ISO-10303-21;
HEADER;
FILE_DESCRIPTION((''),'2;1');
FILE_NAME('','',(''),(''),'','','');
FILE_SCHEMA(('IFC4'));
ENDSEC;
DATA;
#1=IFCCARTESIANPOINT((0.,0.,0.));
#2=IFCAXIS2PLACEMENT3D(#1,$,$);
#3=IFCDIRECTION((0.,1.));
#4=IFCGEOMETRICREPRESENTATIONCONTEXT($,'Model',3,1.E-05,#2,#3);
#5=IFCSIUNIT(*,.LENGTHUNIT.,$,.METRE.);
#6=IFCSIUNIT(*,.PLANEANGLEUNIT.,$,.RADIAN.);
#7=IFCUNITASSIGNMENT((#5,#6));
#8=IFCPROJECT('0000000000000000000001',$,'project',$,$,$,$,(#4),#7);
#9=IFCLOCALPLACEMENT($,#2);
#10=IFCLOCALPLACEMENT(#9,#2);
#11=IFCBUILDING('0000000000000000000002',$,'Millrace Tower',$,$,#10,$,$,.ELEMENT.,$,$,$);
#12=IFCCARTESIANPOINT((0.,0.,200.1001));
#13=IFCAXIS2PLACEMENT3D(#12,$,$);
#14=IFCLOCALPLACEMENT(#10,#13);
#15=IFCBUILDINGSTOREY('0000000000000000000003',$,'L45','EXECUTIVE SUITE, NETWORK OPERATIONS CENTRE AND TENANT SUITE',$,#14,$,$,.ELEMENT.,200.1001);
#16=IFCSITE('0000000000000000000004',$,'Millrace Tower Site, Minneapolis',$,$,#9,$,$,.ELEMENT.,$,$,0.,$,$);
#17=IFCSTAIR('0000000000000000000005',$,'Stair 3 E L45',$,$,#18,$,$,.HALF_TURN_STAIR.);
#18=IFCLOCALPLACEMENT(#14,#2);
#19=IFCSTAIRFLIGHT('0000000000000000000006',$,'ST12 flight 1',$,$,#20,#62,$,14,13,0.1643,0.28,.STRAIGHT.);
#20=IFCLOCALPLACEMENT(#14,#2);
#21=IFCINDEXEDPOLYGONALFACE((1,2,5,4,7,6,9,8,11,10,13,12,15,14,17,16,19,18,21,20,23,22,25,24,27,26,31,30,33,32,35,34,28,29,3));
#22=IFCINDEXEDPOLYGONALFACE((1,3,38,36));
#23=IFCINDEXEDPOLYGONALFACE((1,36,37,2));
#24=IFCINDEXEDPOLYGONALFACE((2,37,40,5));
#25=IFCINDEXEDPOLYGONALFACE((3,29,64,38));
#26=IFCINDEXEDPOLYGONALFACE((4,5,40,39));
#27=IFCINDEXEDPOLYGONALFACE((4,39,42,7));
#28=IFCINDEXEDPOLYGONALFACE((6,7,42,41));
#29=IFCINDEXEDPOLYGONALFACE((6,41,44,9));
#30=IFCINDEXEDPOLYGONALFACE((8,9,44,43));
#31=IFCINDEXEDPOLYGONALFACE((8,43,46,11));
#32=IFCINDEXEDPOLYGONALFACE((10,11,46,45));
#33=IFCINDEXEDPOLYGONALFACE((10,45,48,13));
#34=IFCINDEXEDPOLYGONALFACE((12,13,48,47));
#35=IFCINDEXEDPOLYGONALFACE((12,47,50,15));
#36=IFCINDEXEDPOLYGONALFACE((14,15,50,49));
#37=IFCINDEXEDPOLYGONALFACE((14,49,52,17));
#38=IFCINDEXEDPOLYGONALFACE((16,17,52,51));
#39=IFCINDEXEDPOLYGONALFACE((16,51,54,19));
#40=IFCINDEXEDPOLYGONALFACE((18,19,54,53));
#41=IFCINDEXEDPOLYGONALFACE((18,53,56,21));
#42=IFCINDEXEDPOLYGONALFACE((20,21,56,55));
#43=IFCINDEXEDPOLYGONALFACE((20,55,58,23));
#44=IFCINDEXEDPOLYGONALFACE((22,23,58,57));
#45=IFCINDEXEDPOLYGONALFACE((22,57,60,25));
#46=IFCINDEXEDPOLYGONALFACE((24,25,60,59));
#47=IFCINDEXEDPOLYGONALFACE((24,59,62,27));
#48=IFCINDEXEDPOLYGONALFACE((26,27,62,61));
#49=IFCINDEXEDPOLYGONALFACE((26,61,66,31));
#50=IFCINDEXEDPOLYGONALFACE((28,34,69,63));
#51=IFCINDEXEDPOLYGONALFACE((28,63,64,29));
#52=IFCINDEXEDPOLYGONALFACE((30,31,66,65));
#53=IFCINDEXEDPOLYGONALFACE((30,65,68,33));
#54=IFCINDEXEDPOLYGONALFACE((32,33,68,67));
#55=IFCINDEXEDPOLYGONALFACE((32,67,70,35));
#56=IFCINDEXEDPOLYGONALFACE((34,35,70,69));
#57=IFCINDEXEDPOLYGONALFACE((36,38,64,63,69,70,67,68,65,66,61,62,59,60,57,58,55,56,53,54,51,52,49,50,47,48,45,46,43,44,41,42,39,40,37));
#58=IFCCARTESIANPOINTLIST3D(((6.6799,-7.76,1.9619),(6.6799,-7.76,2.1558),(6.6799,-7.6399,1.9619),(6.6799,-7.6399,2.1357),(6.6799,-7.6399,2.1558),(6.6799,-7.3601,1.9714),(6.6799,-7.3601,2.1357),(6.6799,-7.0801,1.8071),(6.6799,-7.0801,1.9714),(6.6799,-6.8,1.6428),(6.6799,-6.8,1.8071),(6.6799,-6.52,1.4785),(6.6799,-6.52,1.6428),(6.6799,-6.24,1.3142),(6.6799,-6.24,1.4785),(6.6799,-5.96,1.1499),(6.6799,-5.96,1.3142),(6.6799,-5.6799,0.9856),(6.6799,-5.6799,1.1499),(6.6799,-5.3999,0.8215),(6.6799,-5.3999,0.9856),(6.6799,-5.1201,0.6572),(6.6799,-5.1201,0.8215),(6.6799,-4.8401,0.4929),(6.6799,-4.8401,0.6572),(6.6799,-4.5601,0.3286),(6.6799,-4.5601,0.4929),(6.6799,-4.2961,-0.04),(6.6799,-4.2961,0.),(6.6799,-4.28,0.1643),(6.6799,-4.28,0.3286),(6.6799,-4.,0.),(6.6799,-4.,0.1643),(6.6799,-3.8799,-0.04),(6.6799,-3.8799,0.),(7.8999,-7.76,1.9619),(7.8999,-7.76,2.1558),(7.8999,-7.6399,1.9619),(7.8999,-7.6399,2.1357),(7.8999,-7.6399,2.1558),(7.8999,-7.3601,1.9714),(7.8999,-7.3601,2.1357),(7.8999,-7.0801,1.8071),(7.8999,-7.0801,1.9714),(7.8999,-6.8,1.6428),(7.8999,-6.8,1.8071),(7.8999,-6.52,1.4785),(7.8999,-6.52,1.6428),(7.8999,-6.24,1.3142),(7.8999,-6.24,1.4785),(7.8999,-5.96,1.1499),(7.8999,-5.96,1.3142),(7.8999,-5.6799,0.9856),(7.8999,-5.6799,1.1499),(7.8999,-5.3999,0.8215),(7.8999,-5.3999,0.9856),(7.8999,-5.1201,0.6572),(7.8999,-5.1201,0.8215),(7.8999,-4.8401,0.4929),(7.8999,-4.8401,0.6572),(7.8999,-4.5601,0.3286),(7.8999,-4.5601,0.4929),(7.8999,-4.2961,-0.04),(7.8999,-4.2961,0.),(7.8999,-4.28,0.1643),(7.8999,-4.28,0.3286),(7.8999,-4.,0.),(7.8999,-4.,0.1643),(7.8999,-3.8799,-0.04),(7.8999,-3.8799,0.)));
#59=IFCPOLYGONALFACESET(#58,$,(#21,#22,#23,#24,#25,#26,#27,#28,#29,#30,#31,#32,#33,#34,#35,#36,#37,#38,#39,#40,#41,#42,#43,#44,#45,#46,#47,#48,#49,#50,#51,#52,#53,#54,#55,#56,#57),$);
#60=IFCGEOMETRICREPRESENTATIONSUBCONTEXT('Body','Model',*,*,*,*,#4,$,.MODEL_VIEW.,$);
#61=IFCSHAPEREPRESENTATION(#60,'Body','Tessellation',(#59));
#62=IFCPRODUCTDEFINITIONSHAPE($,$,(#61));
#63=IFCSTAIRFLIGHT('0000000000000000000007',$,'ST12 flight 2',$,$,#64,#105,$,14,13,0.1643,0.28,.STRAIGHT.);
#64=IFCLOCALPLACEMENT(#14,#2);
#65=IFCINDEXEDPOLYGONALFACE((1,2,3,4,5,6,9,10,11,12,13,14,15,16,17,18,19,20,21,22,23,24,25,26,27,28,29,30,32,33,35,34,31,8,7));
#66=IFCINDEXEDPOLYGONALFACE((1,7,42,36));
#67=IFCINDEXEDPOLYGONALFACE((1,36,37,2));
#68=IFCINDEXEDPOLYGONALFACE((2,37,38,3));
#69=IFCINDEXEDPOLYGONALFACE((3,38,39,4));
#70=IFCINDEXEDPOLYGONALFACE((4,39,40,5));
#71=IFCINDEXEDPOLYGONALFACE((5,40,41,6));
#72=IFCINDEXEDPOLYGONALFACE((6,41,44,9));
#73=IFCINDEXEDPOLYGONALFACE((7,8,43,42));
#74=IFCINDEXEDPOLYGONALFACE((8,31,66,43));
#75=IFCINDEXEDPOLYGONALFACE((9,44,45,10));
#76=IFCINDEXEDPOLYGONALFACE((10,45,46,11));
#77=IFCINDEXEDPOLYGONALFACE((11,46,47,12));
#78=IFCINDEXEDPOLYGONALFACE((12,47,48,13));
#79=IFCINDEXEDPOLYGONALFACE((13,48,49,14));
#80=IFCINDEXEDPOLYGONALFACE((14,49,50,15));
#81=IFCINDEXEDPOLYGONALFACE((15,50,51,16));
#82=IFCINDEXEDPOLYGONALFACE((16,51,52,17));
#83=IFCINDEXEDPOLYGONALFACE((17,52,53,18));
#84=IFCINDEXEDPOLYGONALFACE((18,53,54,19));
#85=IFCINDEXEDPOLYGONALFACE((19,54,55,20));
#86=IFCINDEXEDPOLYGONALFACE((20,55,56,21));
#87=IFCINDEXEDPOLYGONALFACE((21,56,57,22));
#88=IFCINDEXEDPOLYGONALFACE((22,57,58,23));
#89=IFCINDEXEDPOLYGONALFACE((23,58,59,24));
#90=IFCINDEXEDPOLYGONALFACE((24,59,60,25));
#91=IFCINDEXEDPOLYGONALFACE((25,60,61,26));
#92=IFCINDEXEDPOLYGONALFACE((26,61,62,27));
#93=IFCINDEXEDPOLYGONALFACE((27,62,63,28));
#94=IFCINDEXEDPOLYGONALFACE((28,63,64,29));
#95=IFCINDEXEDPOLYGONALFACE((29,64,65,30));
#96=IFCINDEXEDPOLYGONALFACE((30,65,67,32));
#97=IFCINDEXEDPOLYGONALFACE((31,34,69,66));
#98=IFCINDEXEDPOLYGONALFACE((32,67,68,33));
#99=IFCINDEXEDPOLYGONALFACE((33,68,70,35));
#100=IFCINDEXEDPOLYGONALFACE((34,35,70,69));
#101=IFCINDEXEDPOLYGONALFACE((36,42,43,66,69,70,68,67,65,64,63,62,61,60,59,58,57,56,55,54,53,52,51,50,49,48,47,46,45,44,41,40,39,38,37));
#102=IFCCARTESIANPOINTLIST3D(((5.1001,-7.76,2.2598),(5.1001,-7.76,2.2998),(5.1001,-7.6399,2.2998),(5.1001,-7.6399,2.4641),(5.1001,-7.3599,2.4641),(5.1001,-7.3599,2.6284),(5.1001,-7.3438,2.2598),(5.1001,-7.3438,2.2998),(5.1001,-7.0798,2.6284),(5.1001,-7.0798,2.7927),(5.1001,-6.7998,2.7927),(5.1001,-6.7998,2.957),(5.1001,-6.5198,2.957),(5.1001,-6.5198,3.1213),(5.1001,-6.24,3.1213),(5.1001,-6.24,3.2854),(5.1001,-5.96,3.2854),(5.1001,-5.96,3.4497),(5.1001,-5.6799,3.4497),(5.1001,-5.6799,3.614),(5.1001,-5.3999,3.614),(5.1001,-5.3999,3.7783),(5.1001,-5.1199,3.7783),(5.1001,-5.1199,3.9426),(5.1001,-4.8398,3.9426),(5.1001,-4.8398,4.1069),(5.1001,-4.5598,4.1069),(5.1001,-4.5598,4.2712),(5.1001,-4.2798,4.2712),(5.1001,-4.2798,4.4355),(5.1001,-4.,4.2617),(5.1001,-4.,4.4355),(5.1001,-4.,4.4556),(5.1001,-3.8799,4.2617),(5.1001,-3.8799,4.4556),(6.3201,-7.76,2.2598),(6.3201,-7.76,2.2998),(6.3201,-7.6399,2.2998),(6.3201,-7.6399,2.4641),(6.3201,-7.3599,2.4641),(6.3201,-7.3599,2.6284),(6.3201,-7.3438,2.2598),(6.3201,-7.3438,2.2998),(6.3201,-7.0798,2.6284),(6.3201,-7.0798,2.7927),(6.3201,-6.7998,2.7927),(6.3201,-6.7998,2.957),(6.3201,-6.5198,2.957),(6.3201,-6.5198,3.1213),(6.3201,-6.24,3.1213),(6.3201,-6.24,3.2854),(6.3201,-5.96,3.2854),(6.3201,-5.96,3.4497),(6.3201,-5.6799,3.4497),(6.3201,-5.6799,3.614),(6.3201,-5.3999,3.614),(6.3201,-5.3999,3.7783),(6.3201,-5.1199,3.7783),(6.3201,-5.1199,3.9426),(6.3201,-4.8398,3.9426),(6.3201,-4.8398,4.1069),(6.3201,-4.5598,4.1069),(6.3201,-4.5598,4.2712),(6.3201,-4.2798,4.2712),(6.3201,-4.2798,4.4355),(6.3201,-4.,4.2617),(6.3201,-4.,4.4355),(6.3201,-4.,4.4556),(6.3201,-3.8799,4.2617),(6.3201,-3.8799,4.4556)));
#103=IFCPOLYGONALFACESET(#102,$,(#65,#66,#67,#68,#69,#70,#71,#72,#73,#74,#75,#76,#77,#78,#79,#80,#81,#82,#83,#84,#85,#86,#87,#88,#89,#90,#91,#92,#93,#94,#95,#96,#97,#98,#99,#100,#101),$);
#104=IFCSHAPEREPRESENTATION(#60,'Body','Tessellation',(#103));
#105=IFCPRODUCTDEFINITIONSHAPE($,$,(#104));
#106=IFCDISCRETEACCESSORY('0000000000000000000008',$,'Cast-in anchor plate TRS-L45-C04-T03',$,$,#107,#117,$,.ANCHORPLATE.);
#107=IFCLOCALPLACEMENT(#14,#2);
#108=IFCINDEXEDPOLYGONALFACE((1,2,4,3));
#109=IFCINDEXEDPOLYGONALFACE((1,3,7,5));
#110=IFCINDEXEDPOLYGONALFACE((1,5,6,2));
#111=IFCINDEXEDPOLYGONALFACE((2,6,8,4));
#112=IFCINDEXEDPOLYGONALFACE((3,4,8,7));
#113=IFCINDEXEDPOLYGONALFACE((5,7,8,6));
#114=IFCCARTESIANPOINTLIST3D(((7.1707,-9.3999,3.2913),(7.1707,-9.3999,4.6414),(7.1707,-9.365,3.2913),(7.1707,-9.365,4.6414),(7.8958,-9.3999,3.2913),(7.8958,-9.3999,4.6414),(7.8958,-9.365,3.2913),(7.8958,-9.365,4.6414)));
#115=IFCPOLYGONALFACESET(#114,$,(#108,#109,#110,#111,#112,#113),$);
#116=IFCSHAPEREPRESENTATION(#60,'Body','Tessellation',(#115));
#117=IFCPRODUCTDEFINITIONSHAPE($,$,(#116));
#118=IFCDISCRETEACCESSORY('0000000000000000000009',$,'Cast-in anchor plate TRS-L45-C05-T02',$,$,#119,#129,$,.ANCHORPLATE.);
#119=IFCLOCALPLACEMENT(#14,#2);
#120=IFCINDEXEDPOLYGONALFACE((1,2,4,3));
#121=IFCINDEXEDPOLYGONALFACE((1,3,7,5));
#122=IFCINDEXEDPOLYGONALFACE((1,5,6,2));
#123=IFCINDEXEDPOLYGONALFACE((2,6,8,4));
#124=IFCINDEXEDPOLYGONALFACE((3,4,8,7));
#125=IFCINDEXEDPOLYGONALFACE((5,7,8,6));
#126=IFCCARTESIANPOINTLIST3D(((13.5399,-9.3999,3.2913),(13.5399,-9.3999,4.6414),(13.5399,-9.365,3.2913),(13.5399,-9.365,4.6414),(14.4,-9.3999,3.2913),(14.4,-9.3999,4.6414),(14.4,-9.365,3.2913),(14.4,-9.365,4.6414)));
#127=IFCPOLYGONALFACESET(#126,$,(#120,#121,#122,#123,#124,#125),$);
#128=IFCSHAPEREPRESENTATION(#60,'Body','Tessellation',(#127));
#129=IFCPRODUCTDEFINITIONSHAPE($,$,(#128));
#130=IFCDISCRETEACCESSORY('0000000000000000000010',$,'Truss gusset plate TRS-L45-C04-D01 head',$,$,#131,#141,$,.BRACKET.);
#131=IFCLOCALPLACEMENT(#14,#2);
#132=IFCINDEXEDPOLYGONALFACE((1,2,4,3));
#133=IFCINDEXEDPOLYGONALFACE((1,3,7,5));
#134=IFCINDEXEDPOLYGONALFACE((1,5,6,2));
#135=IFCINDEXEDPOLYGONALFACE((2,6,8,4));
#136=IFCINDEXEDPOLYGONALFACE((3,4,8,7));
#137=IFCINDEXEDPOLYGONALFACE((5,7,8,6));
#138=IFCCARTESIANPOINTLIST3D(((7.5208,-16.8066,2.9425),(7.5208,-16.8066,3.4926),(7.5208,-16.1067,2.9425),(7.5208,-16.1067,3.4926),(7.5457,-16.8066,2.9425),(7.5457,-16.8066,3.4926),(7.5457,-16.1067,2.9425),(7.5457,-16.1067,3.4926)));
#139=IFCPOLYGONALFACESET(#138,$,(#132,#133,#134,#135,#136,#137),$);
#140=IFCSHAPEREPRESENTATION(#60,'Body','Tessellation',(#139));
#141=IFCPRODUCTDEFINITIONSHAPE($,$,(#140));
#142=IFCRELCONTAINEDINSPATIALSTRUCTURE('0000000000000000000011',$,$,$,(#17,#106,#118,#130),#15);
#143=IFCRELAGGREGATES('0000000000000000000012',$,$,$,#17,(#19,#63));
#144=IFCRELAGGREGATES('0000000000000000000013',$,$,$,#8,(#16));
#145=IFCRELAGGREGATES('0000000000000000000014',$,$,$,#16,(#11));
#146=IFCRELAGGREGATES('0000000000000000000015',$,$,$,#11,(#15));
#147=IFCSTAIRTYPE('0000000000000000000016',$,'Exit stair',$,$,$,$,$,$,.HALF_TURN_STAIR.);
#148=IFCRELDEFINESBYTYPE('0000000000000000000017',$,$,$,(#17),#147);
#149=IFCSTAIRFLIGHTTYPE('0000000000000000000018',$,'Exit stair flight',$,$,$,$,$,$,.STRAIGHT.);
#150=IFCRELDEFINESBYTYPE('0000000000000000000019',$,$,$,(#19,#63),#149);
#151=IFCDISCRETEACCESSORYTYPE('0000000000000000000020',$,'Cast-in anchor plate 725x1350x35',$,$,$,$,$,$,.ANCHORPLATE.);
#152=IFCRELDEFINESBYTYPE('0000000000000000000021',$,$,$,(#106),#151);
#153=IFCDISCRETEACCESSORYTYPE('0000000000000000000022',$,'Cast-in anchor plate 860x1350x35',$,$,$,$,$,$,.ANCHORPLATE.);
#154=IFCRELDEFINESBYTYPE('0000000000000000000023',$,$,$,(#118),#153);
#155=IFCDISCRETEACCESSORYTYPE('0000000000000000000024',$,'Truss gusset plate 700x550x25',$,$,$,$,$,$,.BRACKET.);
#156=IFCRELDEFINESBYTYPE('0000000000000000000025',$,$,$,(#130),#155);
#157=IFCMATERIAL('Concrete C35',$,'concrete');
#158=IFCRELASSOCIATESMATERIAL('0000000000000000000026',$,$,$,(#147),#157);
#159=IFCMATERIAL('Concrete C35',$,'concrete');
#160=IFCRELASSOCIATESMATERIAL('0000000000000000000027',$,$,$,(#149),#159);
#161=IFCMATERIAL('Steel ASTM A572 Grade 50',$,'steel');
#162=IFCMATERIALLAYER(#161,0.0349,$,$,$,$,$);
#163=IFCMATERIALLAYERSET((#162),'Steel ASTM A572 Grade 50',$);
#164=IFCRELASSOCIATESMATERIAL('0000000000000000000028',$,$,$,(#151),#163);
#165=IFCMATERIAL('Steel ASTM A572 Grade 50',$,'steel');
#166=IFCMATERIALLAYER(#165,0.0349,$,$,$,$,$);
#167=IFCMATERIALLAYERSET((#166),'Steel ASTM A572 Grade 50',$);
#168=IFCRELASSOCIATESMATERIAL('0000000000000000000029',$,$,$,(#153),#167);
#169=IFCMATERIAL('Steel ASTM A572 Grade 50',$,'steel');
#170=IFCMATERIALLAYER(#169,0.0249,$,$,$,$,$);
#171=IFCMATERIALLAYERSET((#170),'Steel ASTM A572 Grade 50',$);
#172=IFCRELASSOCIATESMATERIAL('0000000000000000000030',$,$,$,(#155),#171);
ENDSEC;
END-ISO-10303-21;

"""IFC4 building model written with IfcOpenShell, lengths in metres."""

from ifc_helpers import new_model, si_unit, direction, frame, origin, origin_2d, place, context, subcontext, project, spatial, polyline, rectangle, outline, extrude, material, layer, layer_set, type_object, element, aggregate, save


model = new_model("IFC4")

# Units and contexts
model_context = context("Model", 3, precision=1e-05, world=origin(), true_north=direction((0.0, 1.0)))
body_context = subcontext(model_context, "Body", "Model", "MODEL_VIEW")
ifc_project = project(units=[si_unit("LENGTHUNIT", "METRE"), si_unit("PLANEANGLEUNIT", "RADIAN")], contexts=[model_context])

# Site, building, storey
site_placement = place(None, origin())
site = spatial("IfcSite", under=ifc_project, at=site_placement, Name="Millrace Tower Site, Minneapolis", CompositionType="ELEMENT", RefElevation=0.0)
building_placement = place(site_placement, origin())
building = spatial("IfcBuilding", under=site, at=building_placement, Name="Millrace Tower", CompositionType="ELEMENT")
storey_placement = place(building_placement, frame((0.0, 0.0, 200.1001)))
storey = spatial("IfcBuildingStorey", under=building, at=storey_placement, Name="L45", Description="EXECUTIVE SUITE, NETWORK OPERATIONS CENTRE AND TENANT SUITE", CompositionType="ELEMENT", Elevation=200.1001)

# Shared definitions
placement = place(storey_placement, origin())

# Shared definitions
ifc_material_1 = material(Name="Concrete C35", Category="concrete")
stair_type = type_object("IfcStairType", Name="Exit stair", PredefinedType="HALF_TURN_STAIR", material=ifc_material_1)
ifc_material_2 = material(Name="Concrete C35", Category="concrete")
stair_flight_type = type_object("IfcStairFlightType", Name="Exit stair flight", PredefinedType="STRAIGHT", material=ifc_material_2)

# Stair, stair flights
stair_1 = element("IfcStair", 1, at=placement, inside=storey, type_object=stair_type, Name="Stair 3 E L45", PredefinedType="HALF_TURN_STAIR")
stair_flight_1_placement = place(storey_placement, frame((7.29, -4.0, 0.0), z_axis=(0.0, 0.0, 1.0), x_axis=(0.0, -1.0, 0.0)))
stair_flight_1 = element("IfcStairFlight", 2, at=stair_flight_1_placement, type_object=stair_flight_type, Name="ST12 flight 1", NumberOfRisers=14, NumberOfTreads=13, PredefinedType="STRAIGHT", RiserHeight=0.1643, TreadLength=0.28, context=body_context, shape_type="SweptSolid", body=[
    extrude(outline(polyline([(-0.1201, -0.04), (-0.1201, 0.0), (0.0, 0.0), (0.0, 0.1643), (0.28, 0.1643), (0.28, 0.3286), (0.5601, 0.3286), (0.5601, 0.4929), (0.8401, 0.4929), (0.8401, 0.6572), (1.1201, 0.6572), (1.1201, 0.8215), (1.3999, 0.8215), (1.3999, 0.9856), (1.6799, 0.9856), (1.6799, 1.1499), (1.96, 1.1499), (1.96, 1.3142), (2.24, 1.3142), (2.24, 1.4785), (2.52, 1.4785), (2.52, 1.6428), (2.8, 1.6428), (2.8, 1.8071), (3.0801, 1.8071), (3.0801, 1.9714), (3.3601, 1.9714), (3.3601, 2.1357), (3.6399, 2.1357), (3.6399, 2.1558), (3.76, 2.1558), (3.76, 1.9619), (3.6399, 1.9619), (0.2961, 0.0), (0.2961, -0.04), (-0.1201, -0.04)])), frame((0.0, 0.6099, 0.0), z_axis=(0.0, -1.0, 0.0), x_axis=(1.0, 0.0, 0.0)), (0.0, 0.0, 1.0), 1.22),
])
stair_flight_2_placement = place(storey_placement, frame((5.71, -7.6399, 2.2998), z_axis=(0.0, 0.0, 1.0), x_axis=(0.0, 1.0, 0.0)))
stair_flight_2 = element("IfcStairFlight", 3, at=stair_flight_2_placement, type_object=stair_flight_type, Name="ST12 flight 2", NumberOfRisers=14, NumberOfTreads=13, PredefinedType="STRAIGHT", RiserHeight=0.1643, TreadLength=0.28, context=body_context, shape_type="SweptSolid", body=[
    extrude(outline(polyline([(-0.1201, -0.04), (-0.1201, 0.0), (0.0, 0.0), (0.0, 0.1643), (0.28, 0.1643), (0.28, 0.3286), (0.5601, 0.3286), (0.5601, 0.4929), (0.8401, 0.4929), (0.8401, 0.6572), (1.1201, 0.6572), (1.1201, 0.8215), (1.3999, 0.8215), (1.3999, 0.9856), (1.6799, 0.9856), (1.6799, 1.1499), (1.96, 1.1499), (1.96, 1.3142), (2.24, 1.3142), (2.24, 1.4785), (2.52, 1.4785), (2.52, 1.6428), (2.8, 1.6428), (2.8, 1.8071), (3.0801, 1.8071), (3.0801, 1.9714), (3.3601, 1.9714), (3.3601, 2.1357), (3.6399, 2.1357), (3.6399, 2.1558), (3.76, 2.1558), (3.76, 1.9619), (3.6399, 1.9619), (0.2961, 0.0), (0.2961, -0.04), (-0.1201, -0.04)])), frame((0.0, 0.6099, 0.0), z_axis=(0.0, -1.0, 0.0), x_axis=(1.0, 0.0, 0.0)), (0.0, 0.0, 1.0), 1.22),
])
aggregate(stair_1, [stair_flight_1, stair_flight_2])

# Discrete accessories
ifc_material_3 = material(Name="Steel ASTM A572 Grade 50", Category="steel")
ifc_layer_1 = layer(ifc_material_3, 0.0349)
ifc_layer_set_1 = layer_set([ifc_layer_1], Name="Steel ASTM A572 Grade 50")
discrete_accessory_type_1 = type_object("IfcDiscreteAccessoryType", Name="Cast-in anchor plate 725x1350x35", PredefinedType="ANCHORPLATE", material=ifc_layer_set_1)
discrete_accessory_1_placement = place(storey_placement, frame((7.5332, -9.365, 3.9663), z_axis=(0.0, -1.0, 0.0), x_axis=(1.0, 0.0, 0.0)))
element("IfcDiscreteAccessory", 4, at=discrete_accessory_1_placement, inside=storey, type_object=discrete_accessory_type_1, Name="Cast-in anchor plate TRS-L45-C04-T03", PredefinedType="ANCHORPLATE", context=body_context, shape_type="SweptSolid", body=[
    extrude(rectangle(XDim=0.7251, YDim=1.3501, at=origin_2d()), origin(), (0.0, 0.0, 1.0), 0.0349),
])
ifc_material_4 = material(Name="Steel ASTM A572 Grade 50", Category="steel")
ifc_layer_2 = layer(ifc_material_4, 0.0349)
ifc_layer_set_2 = layer_set([ifc_layer_2], Name="Steel ASTM A572 Grade 50")
discrete_accessory_type_2 = type_object("IfcDiscreteAccessoryType", Name="Cast-in anchor plate 860x1350x35", PredefinedType="ANCHORPLATE", material=ifc_layer_set_2)
discrete_accessory_2_placement = place(storey_placement, frame((13.97, -9.365, 3.9663), z_axis=(0.0, -1.0, 0.0), x_axis=(1.0, 0.0, 0.0)))
element("IfcDiscreteAccessory", 5, at=discrete_accessory_2_placement, inside=storey, type_object=discrete_accessory_type_2, Name="Cast-in anchor plate TRS-L45-C05-T02", PredefinedType="ANCHORPLATE", context=body_context, shape_type="SweptSolid", body=[
    extrude(rectangle(XDim=0.8601, YDim=1.3501, at=origin_2d()), origin(), (0.0, 0.0, 1.0), 0.0349),
])
ifc_material_5 = material(Name="Steel ASTM A572 Grade 50", Category="steel")
ifc_layer_3 = layer(ifc_material_5, 0.0249)
ifc_layer_set_3 = layer_set([ifc_layer_3], Name="Steel ASTM A572 Grade 50")
discrete_accessory_type_3 = type_object("IfcDiscreteAccessoryType", Name="Truss gusset plate 700x550x25", PredefinedType="BRACKET", material=ifc_layer_set_3)
discrete_accessory_3_placement = place(storey_placement, frame((7.5332, -16.8066, 3.2175), z_axis=(0.0, 1.0, 0.0), x_axis=(-1.0, 0.0, 0.0)))
element("IfcDiscreteAccessory", 6, at=discrete_accessory_3_placement, inside=storey, type_object=discrete_accessory_type_3, Name="Truss gusset plate TRS-L45-C04-D01 head", PredefinedType="BRACKET", context=body_context, shape_type="SweptSolid", body=[
    extrude(rectangle(XDim=0.0249, YDim=0.55, at=origin_2d()), origin(), (0.0, 0.0, 1.0), 0.7),
])

save(model, "model.ifc")
